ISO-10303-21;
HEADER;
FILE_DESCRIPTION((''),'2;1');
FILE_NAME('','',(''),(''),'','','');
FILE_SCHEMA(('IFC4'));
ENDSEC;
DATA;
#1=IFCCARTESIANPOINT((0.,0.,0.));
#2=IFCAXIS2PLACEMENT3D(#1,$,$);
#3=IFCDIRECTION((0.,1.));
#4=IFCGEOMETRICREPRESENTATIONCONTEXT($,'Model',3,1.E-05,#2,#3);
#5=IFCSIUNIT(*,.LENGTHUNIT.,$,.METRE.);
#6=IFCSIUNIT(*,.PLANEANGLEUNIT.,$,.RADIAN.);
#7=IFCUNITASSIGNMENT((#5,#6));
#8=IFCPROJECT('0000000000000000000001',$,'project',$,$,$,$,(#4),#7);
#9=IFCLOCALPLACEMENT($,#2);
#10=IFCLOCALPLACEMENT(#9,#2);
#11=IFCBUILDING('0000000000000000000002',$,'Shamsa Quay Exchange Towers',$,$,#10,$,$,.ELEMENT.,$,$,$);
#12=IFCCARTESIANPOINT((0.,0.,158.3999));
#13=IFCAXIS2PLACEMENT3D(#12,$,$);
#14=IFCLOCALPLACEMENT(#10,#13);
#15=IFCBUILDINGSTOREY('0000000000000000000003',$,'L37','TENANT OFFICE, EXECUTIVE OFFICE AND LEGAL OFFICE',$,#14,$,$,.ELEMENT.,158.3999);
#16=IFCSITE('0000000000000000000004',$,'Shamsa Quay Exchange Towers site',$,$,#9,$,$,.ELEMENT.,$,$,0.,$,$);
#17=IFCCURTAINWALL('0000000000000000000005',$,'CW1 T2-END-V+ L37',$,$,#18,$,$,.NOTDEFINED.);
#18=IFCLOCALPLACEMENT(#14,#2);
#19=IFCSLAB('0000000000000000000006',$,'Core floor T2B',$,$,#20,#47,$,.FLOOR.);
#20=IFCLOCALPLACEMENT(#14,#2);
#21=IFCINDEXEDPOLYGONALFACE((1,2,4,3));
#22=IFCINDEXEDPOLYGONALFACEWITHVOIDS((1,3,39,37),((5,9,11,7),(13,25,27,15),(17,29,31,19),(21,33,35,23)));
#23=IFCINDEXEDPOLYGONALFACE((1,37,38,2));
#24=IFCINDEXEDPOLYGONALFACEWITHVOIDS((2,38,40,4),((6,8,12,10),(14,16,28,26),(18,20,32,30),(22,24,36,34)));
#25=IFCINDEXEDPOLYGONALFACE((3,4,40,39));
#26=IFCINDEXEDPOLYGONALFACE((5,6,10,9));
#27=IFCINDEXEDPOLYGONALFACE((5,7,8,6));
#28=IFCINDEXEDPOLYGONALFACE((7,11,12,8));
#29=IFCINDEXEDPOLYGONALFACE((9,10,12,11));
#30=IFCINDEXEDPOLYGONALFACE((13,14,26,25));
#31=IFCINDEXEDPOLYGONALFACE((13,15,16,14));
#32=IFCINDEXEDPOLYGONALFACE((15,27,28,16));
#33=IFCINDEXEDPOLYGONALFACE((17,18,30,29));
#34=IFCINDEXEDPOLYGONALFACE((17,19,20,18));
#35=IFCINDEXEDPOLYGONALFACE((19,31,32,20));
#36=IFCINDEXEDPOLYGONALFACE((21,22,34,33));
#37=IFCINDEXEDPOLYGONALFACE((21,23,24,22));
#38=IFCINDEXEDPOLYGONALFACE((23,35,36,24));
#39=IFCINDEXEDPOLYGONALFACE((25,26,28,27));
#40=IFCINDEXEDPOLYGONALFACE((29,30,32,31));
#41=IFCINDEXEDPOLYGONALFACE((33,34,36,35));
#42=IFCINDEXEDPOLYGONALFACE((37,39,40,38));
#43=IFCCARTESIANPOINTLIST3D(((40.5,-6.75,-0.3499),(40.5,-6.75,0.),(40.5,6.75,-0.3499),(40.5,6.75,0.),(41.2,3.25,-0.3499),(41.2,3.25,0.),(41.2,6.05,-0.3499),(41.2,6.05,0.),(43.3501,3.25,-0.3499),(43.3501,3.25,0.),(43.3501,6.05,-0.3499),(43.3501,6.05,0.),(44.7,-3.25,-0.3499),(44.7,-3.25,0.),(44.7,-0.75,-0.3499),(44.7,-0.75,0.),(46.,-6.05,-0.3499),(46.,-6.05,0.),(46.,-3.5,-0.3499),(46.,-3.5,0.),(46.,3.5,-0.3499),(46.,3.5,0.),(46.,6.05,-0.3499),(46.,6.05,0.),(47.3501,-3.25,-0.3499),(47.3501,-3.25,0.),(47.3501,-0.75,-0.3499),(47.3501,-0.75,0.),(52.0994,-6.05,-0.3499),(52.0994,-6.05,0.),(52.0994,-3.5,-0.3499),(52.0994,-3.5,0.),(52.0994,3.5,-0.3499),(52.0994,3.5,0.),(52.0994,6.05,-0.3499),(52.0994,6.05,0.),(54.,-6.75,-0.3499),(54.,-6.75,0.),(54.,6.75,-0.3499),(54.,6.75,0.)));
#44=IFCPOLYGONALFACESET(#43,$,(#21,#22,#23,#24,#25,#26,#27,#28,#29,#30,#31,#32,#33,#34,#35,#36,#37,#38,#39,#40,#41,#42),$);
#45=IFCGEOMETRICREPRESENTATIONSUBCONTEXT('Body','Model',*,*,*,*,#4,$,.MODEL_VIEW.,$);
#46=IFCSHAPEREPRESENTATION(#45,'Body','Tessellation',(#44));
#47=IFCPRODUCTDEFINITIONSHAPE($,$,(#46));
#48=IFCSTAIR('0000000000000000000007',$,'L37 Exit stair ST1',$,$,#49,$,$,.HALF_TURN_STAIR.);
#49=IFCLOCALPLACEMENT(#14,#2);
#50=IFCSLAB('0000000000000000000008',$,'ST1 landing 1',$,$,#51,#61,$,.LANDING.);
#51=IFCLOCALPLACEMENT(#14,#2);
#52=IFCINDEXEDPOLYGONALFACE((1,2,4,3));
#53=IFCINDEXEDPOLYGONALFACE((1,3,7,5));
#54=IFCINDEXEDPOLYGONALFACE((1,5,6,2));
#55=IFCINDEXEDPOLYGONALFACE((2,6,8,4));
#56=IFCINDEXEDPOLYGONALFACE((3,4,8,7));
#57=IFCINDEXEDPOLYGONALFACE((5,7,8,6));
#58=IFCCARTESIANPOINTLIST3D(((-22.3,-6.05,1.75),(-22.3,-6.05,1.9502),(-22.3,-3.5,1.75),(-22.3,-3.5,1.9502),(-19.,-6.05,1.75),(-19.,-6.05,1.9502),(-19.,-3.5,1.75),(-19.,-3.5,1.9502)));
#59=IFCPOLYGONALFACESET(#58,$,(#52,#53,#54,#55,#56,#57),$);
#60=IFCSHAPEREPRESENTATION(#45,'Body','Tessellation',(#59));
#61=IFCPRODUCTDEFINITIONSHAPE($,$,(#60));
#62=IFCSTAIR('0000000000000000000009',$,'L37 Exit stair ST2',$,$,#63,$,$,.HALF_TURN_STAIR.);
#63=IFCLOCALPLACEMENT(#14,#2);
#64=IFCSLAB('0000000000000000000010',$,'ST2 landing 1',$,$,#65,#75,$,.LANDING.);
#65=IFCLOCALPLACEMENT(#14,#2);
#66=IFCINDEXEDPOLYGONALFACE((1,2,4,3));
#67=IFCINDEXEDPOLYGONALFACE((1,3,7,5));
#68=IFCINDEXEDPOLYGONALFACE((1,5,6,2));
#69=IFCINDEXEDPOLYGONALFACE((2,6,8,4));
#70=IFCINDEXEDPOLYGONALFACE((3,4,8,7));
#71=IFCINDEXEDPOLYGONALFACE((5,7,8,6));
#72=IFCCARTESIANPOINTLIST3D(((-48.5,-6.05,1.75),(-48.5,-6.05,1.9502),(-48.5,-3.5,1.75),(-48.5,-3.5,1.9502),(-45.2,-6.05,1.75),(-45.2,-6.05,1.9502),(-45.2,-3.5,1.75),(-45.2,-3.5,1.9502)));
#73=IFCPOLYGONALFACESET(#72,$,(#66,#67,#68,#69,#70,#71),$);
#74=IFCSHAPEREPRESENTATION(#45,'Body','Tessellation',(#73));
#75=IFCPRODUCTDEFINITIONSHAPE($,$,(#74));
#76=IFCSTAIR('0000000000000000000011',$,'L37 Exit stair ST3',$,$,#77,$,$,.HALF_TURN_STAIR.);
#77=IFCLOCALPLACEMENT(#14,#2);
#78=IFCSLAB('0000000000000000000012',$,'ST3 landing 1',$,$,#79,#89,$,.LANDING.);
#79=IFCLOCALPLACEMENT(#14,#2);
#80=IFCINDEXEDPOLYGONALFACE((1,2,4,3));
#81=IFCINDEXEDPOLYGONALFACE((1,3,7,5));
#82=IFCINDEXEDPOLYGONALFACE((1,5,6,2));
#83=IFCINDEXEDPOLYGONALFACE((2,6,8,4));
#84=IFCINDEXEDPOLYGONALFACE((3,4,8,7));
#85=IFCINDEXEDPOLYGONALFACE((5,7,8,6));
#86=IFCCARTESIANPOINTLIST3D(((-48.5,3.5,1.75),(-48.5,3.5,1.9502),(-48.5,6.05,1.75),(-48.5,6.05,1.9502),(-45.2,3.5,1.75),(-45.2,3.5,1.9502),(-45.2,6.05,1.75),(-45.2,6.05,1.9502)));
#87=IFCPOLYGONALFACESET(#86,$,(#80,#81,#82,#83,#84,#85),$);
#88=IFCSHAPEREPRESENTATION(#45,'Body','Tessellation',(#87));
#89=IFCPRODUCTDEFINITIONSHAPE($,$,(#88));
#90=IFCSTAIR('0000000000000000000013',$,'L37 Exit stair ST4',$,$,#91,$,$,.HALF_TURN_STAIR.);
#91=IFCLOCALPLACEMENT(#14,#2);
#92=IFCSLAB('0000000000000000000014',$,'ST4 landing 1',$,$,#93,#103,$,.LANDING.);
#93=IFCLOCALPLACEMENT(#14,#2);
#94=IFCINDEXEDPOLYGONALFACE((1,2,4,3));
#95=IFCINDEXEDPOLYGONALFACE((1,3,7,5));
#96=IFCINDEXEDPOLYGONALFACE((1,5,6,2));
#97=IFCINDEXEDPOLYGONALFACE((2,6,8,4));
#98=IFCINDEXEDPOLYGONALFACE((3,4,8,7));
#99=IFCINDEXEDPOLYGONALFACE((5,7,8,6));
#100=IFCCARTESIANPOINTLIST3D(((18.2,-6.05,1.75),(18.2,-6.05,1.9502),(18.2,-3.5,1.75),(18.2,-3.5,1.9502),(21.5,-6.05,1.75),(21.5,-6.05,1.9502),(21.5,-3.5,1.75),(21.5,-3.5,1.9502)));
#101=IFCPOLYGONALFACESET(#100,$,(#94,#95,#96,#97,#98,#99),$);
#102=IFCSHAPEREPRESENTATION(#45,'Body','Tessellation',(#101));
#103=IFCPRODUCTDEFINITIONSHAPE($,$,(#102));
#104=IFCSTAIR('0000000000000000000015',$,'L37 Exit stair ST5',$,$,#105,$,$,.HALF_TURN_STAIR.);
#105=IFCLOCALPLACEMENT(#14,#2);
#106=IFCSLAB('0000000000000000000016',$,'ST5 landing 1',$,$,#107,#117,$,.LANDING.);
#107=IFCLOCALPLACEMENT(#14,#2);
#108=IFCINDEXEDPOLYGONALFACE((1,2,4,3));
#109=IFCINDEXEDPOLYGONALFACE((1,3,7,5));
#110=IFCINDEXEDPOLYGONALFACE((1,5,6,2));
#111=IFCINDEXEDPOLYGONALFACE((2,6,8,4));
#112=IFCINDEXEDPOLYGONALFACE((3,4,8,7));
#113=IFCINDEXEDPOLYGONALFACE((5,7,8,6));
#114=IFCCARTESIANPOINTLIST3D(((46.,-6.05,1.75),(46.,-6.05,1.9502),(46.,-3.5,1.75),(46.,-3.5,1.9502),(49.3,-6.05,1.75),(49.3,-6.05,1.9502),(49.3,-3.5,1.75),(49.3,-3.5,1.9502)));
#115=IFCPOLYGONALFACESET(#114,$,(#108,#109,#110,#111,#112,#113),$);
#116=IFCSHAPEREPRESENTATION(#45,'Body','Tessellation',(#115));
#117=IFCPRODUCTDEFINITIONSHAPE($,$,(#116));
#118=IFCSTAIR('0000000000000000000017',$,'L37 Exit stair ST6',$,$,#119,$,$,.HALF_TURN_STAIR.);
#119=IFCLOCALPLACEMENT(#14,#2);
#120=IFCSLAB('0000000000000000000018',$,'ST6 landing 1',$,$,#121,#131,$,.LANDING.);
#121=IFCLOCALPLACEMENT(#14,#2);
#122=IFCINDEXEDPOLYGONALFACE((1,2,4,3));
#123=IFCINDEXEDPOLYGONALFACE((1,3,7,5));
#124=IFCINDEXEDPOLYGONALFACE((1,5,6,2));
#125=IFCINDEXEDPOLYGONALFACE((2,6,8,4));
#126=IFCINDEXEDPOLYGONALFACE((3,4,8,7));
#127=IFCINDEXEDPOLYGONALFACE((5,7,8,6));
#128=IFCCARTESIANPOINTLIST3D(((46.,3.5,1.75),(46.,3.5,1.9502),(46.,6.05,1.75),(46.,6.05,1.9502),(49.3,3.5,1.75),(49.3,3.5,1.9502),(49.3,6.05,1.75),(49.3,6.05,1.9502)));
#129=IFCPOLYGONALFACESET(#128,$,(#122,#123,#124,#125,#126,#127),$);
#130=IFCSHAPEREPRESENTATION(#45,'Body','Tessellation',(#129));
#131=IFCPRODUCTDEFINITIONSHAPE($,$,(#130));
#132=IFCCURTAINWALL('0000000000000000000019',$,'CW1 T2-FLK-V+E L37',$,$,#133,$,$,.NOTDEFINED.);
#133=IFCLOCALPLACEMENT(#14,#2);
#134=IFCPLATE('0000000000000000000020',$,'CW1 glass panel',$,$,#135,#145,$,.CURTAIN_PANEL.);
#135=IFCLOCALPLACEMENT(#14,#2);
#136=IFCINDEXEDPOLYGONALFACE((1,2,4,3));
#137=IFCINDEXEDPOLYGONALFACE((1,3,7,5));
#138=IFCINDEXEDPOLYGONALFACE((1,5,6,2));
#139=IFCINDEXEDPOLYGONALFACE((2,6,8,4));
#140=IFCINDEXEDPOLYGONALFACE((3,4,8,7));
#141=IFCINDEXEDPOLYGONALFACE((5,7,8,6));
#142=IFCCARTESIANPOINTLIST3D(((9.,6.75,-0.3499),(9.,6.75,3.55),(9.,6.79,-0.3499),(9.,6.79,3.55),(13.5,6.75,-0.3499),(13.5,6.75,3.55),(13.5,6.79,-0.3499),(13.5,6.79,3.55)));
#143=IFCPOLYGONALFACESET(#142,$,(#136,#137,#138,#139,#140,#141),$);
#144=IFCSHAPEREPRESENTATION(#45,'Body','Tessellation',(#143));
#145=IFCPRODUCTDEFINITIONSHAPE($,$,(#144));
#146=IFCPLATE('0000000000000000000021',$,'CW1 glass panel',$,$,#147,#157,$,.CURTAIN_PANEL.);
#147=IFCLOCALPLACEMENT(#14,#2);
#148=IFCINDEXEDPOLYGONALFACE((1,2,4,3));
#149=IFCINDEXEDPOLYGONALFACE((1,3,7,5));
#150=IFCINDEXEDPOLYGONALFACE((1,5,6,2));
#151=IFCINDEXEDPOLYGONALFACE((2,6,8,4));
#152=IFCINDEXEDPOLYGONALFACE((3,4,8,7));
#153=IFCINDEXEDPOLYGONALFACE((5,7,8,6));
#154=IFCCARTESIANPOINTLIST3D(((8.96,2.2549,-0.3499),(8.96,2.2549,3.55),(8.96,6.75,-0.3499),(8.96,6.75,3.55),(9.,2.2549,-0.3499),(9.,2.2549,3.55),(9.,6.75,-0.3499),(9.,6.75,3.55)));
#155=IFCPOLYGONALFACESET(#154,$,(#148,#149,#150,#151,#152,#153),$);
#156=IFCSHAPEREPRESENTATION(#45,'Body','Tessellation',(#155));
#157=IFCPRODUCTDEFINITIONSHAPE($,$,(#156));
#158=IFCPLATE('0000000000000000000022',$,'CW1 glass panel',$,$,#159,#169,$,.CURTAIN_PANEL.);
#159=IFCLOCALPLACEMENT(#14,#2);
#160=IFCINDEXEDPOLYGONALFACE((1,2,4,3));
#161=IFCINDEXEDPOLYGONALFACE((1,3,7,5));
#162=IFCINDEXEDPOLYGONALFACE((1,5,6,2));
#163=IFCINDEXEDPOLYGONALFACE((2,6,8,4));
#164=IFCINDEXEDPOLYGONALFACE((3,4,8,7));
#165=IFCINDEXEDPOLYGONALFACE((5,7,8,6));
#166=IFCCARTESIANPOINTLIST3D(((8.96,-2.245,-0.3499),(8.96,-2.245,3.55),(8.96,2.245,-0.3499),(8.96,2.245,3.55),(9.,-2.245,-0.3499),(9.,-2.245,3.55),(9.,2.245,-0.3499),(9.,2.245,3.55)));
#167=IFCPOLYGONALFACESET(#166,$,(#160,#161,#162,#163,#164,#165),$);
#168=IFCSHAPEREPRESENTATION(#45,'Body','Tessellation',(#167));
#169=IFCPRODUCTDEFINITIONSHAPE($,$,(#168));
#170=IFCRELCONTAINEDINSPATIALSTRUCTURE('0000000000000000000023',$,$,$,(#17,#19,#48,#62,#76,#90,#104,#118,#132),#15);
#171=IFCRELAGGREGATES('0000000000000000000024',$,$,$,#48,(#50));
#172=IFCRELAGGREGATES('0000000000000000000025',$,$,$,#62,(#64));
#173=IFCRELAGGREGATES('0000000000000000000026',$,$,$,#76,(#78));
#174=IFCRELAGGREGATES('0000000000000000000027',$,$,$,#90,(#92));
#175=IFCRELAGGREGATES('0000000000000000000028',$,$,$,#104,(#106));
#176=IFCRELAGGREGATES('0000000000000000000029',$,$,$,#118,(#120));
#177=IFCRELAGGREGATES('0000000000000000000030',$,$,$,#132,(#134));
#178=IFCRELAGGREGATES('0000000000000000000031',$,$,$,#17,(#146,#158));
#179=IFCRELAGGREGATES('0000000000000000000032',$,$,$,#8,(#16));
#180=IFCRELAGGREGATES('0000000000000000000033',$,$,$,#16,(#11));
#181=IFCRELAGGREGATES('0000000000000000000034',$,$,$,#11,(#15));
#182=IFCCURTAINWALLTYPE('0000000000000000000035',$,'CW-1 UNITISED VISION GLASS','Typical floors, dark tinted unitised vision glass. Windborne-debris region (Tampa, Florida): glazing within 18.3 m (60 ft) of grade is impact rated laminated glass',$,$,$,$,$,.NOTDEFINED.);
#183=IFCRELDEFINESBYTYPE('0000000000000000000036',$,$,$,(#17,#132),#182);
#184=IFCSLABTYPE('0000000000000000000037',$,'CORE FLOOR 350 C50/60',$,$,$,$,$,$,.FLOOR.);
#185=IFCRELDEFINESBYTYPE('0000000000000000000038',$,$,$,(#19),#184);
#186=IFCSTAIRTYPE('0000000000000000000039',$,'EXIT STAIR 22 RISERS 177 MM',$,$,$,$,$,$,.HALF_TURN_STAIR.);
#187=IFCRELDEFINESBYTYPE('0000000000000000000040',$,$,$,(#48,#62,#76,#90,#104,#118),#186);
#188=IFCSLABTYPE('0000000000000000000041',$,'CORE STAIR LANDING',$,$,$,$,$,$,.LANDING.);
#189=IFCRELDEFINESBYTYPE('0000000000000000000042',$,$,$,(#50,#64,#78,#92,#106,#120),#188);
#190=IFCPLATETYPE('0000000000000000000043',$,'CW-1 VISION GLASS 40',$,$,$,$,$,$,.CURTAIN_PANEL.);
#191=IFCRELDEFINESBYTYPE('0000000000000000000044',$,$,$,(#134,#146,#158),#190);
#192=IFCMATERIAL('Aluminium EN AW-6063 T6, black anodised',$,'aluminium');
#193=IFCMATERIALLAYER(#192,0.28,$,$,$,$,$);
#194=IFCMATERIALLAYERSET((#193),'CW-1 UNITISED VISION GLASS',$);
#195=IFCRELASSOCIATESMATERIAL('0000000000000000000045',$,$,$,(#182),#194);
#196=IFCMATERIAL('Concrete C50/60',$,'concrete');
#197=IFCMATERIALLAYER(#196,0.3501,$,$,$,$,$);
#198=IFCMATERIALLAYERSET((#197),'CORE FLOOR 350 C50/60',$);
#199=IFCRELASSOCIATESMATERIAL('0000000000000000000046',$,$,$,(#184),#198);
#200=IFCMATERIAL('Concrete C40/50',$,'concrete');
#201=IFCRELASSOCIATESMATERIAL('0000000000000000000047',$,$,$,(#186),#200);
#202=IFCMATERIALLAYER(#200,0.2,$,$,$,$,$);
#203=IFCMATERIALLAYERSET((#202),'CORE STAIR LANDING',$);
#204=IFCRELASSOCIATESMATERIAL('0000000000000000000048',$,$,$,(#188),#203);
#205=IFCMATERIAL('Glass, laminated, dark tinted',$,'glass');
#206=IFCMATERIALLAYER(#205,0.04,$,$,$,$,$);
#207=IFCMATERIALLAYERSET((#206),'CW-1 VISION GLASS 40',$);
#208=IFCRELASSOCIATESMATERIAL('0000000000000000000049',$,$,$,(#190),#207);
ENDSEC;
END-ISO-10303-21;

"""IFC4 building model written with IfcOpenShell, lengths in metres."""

from ifc_helpers import new_model, si_unit, direction, frame, origin, origin_2d, place, context, subcontext, project, spatial, polyline, rectangle, outline, extrude, material, layer, layer_set, type_object, element, aggregate, save


model = new_model("IFC4")

# Units and contexts
model_context = context("Model", 3, precision=1e-05, world=origin(), true_north=direction((0.0, 1.0)))
body_context = subcontext(model_context, "Body", "Model", "MODEL_VIEW")
ifc_project = project(units=[si_unit("LENGTHUNIT", "METRE"), si_unit("PLANEANGLEUNIT", "RADIAN")], contexts=[model_context])

# Site, building, storey
site_placement = place(None, origin())
site = spatial("IfcSite", under=ifc_project, at=site_placement, Name="Shamsa Quay Exchange Towers site", CompositionType="ELEMENT", RefElevation=0.0)
building_placement = place(site_placement, origin())
building = spatial("IfcBuilding", under=site, at=building_placement, Name="Shamsa Quay Exchange Towers", CompositionType="ELEMENT")
storey_placement = place(building_placement, frame((0.0, 0.0, 158.3999)))
storey = spatial("IfcBuildingStorey", under=building, at=storey_placement, Name="L37", Description="TENANT OFFICE, EXECUTIVE OFFICE AND LEGAL OFFICE", CompositionType="ELEMENT", Elevation=158.3999)

# Curtain wall
ifc_material_1 = material(Name="Aluminium EN AW-6063 T6, black anodised", Category="aluminium")
ifc_layer_1 = layer(ifc_material_1, 0.28)
ifc_layer_set_1 = layer_set([ifc_layer_1], Name="CW-1 UNITISED VISION GLASS")
curtain_wall_type = type_object("IfcCurtainWallType", Name="CW-1 UNITISED VISION GLASS", Description="Typical floors, dark tinted unitised vision glass. Windborne-debris region (Tampa, Florida): glazing within 18.3 m (60 ft) of grade is impact rated laminated glass", PredefinedType="NOTDEFINED", material=ifc_layer_set_1)
curtain_wall_1_placement = place(storey_placement, origin())
curtain_wall_1 = element("IfcCurtainWall", 1, at=curtain_wall_1_placement, inside=storey, type_object=curtain_wall_type, Name="CW1 T2-END-V+ L37", PredefinedType="NOTDEFINED")

# Slab
ifc_material_2 = material(Name="Concrete C50/60", Category="concrete")
ifc_layer_2 = layer(ifc_material_2, 0.3501)
ifc_layer_set_2 = layer_set([ifc_layer_2], Name="CORE FLOOR 350 C50/60")
slab_type_1 = type_object("IfcSlabType", Name="CORE FLOOR 350 C50/60", PredefinedType="FLOOR", material=ifc_layer_set_2)
slab_1_placement = place(storey_placement, frame((0.0, 0.0, -0.3499)))
element("IfcSlab", 2, at=slab_1_placement, inside=storey, type_object=slab_type_1, Name="Core floor T2B", PredefinedType="FLOOR", context=body_context, shape_type="SweptSolid", body=[
    extrude(outline(polyline([(54.0, -6.75), (54.0, 6.75), (40.5, 6.75), (40.5, -6.75), (54.0, -6.75)]), holes=[polyline([(52.0994, -3.5), (52.0994, -6.05), (46.0, -6.05), (46.0, -3.5), (52.0994, -3.5)]), polyline([(52.0994, 6.05), (52.0994, 3.5), (46.0, 3.5), (46.0, 6.05), (52.0994, 6.05)]), polyline([(43.3501, 3.25), (41.2, 3.25), (41.2, 6.05), (43.3501, 6.05), (43.3501, 3.25)]), polyline([(47.3501, -3.25), (44.7, -3.25), (44.7, -0.75), (47.3501, -0.75), (47.3501, -3.25)])]), origin(), (0.0, 0.0, 1.0), 0.3499),
])

# Stairs, slabs
ifc_material_3 = material(Name="Concrete C40/50", Category="concrete")
stair_type = type_object("IfcStairType", Name="EXIT STAIR 22 RISERS 177 MM", PredefinedType="HALF_TURN_STAIR", material=ifc_material_3)
stair_1_placement = place(storey_placement, origin())
stair_1 = element("IfcStair", 3, at=stair_1_placement, inside=storey, type_object=stair_type, Name="L37 Exit stair ST1", PredefinedType="HALF_TURN_STAIR")
ifc_layer_3 = layer(ifc_material_3, 0.2)
ifc_layer_set_3 = layer_set([ifc_layer_3], Name="CORE STAIR LANDING")
slab_type_2 = type_object("IfcSlabType", Name="CORE STAIR LANDING", PredefinedType="LANDING", material=ifc_layer_set_3)
slab_2_placement = place(storey_placement, frame((0.0, 0.0, 1.75)))
slab_2 = element("IfcSlab", 4, at=slab_2_placement, type_object=slab_type_2, Name="ST1 landing 1", PredefinedType="LANDING", context=body_context, shape_type="SweptSolid", body=[
    extrude(outline(polyline([(-22.3, -6.05), (-19.0, -6.05), (-19.0, -3.5), (-22.3, -3.5), (-22.3, -6.05)])), origin(), (0.0, 0.0, 1.0), 0.2002),
])
aggregate(stair_1, [slab_2])
stair_2_placement = place(storey_placement, origin())
stair_2 = element("IfcStair", 5, at=stair_2_placement, inside=storey, type_object=stair_type, Name="L37 Exit stair ST2", PredefinedType="HALF_TURN_STAIR")
slab_3_placement = place(storey_placement, frame((0.0, 0.0, 1.75)))
slab_3 = element("IfcSlab", 6, at=slab_3_placement, type_object=slab_type_2, Name="ST2 landing 1", PredefinedType="LANDING", context=body_context, shape_type="SweptSolid", body=[
    extrude(outline(polyline([(-45.2, -3.5), (-48.5, -3.5), (-48.5, -6.05), (-45.2, -6.05), (-45.2, -3.5)])), origin(), (0.0, 0.0, 1.0), 0.2002),
])
aggregate(stair_2, [slab_3])
stair_3_placement = place(storey_placement, origin())
stair_3 = element("IfcStair", 7, at=stair_3_placement, inside=storey, type_object=stair_type, Name="L37 Exit stair ST3", PredefinedType="HALF_TURN_STAIR")
slab_4_placement = place(storey_placement, frame((0.0, 0.0, 1.75)))
slab_4 = element("IfcSlab", 8, at=slab_4_placement, type_object=slab_type_2, Name="ST3 landing 1", PredefinedType="LANDING", context=body_context, shape_type="SweptSolid", body=[
    extrude(outline(polyline([(-45.2, 6.05), (-48.5, 6.05), (-48.5, 3.5), (-45.2, 3.5), (-45.2, 6.05)])), origin(), (0.0, 0.0, 1.0), 0.2002),
])
aggregate(stair_3, [slab_4])
stair_4_placement = place(storey_placement, origin())
stair_4 = element("IfcStair", 9, at=stair_4_placement, inside=storey, type_object=stair_type, Name="L37 Exit stair ST4", PredefinedType="HALF_TURN_STAIR")
slab_5_placement = place(storey_placement, frame((0.0, 0.0, 1.75)))
slab_5 = element("IfcSlab", 10, at=slab_5_placement, type_object=slab_type_2, Name="ST4 landing 1", PredefinedType="LANDING", context=body_context, shape_type="SweptSolid", body=[
    extrude(outline(polyline([(18.2, -6.05), (21.5, -6.05), (21.5, -3.5), (18.2, -3.5), (18.2, -6.05)])), origin(), (0.0, 0.0, 1.0), 0.2002),
])
aggregate(stair_4, [slab_5])
stair_5_placement = place(storey_placement, origin())
stair_5 = element("IfcStair", 11, at=stair_5_placement, inside=storey, type_object=stair_type, Name="L37 Exit stair ST5", PredefinedType="HALF_TURN_STAIR")
slab_6_placement = place(storey_placement, frame((0.0, 0.0, 1.75)))
slab_6 = element("IfcSlab", 12, at=slab_6_placement, type_object=slab_type_2, Name="ST5 landing 1", PredefinedType="LANDING", context=body_context, shape_type="SweptSolid", body=[
    extrude(outline(polyline([(49.3, -3.5), (46.0, -3.5), (46.0, -6.05), (49.3, -6.05), (49.3, -3.5)])), origin(), (0.0, 0.0, 1.0), 0.2002),
])
aggregate(stair_5, [slab_6])
stair_6_placement = place(storey_placement, origin())
stair_6 = element("IfcStair", 13, at=stair_6_placement, inside=storey, type_object=stair_type, Name="L37 Exit stair ST6", PredefinedType="HALF_TURN_STAIR")
slab_7_placement = place(storey_placement, frame((0.0, 0.0, 1.75)))
slab_7 = element("IfcSlab", 14, at=slab_7_placement, type_object=slab_type_2, Name="ST6 landing 1", PredefinedType="LANDING", context=body_context, shape_type="SweptSolid", body=[
    extrude(outline(polyline([(49.3, 6.05), (46.0, 6.05), (46.0, 3.5), (49.3, 3.5), (49.3, 6.05)])), origin(), (0.0, 0.0, 1.0), 0.2002),
])
aggregate(stair_6, [slab_7])

# Curtain wall, plate
curtain_wall_2_placement = place(storey_placement, origin())
curtain_wall_2 = element("IfcCurtainWall", 15, at=curtain_wall_2_placement, inside=storey, type_object=curtain_wall_type, Name="CW1 T2-FLK-V+E L37", PredefinedType="NOTDEFINED")
ifc_material_4 = material(Name="Glass, laminated, dark tinted", Category="glass")
ifc_layer_4 = layer(ifc_material_4, 0.04)
ifc_layer_set_4 = layer_set([ifc_layer_4], Name="CW-1 VISION GLASS 40")
plate_type = type_object("IfcPlateType", Name="CW-1 VISION GLASS 40", PredefinedType="CURTAIN_PANEL", material=ifc_layer_set_4)
plate_1_placement = place(storey_placement, frame((11.25, 6.77, -0.3499), z_axis=(0.0, 0.0, 1.0), x_axis=(-1.0, 0.0, 0.0)))
plate_1 = element("IfcPlate", 16, at=plate_1_placement, type_object=plate_type, Name="CW1 glass panel", PredefinedType="CURTAIN_PANEL", context=body_context, shape_type="SweptSolid", body=[
    extrude(rectangle(XDim=4.5, YDim=0.04, at=origin_2d()), origin(), (0.0, 0.0, 1.0), 3.8999),
])
aggregate(curtain_wall_2, [plate_1])

# Plates
plate_2_placement = place(storey_placement, frame((8.98, 4.5024, -0.3499), z_axis=(0.0, 0.0, 1.0), x_axis=(0.0, -1.0, 0.0)))
plate_2 = element("IfcPlate", 17, at=plate_2_placement, type_object=plate_type, Name="CW1 glass panel", PredefinedType="CURTAIN_PANEL", context=body_context, shape_type="SweptSolid", body=[
    extrude(rectangle(XDim=4.4951, YDim=0.04, at=origin_2d()), origin(), (0.0, 0.0, 1.0), 3.8999),
])
plate_3_placement = place(storey_placement, frame((8.98, 0.0, -0.3499), z_axis=(0.0, 0.0, 1.0), x_axis=(0.0, -1.0, 0.0)))
plate_3 = element("IfcPlate", 18, at=plate_3_placement, type_object=plate_type, Name="CW1 glass panel", PredefinedType="CURTAIN_PANEL", context=body_context, shape_type="SweptSolid", body=[
    extrude(rectangle(XDim=4.49, YDim=0.04, at=origin_2d()), origin(), (0.0, 0.0, 1.0), 3.8999),
])
aggregate(curtain_wall_1, [plate_2, plate_3])

save(model, "model.ifc")
